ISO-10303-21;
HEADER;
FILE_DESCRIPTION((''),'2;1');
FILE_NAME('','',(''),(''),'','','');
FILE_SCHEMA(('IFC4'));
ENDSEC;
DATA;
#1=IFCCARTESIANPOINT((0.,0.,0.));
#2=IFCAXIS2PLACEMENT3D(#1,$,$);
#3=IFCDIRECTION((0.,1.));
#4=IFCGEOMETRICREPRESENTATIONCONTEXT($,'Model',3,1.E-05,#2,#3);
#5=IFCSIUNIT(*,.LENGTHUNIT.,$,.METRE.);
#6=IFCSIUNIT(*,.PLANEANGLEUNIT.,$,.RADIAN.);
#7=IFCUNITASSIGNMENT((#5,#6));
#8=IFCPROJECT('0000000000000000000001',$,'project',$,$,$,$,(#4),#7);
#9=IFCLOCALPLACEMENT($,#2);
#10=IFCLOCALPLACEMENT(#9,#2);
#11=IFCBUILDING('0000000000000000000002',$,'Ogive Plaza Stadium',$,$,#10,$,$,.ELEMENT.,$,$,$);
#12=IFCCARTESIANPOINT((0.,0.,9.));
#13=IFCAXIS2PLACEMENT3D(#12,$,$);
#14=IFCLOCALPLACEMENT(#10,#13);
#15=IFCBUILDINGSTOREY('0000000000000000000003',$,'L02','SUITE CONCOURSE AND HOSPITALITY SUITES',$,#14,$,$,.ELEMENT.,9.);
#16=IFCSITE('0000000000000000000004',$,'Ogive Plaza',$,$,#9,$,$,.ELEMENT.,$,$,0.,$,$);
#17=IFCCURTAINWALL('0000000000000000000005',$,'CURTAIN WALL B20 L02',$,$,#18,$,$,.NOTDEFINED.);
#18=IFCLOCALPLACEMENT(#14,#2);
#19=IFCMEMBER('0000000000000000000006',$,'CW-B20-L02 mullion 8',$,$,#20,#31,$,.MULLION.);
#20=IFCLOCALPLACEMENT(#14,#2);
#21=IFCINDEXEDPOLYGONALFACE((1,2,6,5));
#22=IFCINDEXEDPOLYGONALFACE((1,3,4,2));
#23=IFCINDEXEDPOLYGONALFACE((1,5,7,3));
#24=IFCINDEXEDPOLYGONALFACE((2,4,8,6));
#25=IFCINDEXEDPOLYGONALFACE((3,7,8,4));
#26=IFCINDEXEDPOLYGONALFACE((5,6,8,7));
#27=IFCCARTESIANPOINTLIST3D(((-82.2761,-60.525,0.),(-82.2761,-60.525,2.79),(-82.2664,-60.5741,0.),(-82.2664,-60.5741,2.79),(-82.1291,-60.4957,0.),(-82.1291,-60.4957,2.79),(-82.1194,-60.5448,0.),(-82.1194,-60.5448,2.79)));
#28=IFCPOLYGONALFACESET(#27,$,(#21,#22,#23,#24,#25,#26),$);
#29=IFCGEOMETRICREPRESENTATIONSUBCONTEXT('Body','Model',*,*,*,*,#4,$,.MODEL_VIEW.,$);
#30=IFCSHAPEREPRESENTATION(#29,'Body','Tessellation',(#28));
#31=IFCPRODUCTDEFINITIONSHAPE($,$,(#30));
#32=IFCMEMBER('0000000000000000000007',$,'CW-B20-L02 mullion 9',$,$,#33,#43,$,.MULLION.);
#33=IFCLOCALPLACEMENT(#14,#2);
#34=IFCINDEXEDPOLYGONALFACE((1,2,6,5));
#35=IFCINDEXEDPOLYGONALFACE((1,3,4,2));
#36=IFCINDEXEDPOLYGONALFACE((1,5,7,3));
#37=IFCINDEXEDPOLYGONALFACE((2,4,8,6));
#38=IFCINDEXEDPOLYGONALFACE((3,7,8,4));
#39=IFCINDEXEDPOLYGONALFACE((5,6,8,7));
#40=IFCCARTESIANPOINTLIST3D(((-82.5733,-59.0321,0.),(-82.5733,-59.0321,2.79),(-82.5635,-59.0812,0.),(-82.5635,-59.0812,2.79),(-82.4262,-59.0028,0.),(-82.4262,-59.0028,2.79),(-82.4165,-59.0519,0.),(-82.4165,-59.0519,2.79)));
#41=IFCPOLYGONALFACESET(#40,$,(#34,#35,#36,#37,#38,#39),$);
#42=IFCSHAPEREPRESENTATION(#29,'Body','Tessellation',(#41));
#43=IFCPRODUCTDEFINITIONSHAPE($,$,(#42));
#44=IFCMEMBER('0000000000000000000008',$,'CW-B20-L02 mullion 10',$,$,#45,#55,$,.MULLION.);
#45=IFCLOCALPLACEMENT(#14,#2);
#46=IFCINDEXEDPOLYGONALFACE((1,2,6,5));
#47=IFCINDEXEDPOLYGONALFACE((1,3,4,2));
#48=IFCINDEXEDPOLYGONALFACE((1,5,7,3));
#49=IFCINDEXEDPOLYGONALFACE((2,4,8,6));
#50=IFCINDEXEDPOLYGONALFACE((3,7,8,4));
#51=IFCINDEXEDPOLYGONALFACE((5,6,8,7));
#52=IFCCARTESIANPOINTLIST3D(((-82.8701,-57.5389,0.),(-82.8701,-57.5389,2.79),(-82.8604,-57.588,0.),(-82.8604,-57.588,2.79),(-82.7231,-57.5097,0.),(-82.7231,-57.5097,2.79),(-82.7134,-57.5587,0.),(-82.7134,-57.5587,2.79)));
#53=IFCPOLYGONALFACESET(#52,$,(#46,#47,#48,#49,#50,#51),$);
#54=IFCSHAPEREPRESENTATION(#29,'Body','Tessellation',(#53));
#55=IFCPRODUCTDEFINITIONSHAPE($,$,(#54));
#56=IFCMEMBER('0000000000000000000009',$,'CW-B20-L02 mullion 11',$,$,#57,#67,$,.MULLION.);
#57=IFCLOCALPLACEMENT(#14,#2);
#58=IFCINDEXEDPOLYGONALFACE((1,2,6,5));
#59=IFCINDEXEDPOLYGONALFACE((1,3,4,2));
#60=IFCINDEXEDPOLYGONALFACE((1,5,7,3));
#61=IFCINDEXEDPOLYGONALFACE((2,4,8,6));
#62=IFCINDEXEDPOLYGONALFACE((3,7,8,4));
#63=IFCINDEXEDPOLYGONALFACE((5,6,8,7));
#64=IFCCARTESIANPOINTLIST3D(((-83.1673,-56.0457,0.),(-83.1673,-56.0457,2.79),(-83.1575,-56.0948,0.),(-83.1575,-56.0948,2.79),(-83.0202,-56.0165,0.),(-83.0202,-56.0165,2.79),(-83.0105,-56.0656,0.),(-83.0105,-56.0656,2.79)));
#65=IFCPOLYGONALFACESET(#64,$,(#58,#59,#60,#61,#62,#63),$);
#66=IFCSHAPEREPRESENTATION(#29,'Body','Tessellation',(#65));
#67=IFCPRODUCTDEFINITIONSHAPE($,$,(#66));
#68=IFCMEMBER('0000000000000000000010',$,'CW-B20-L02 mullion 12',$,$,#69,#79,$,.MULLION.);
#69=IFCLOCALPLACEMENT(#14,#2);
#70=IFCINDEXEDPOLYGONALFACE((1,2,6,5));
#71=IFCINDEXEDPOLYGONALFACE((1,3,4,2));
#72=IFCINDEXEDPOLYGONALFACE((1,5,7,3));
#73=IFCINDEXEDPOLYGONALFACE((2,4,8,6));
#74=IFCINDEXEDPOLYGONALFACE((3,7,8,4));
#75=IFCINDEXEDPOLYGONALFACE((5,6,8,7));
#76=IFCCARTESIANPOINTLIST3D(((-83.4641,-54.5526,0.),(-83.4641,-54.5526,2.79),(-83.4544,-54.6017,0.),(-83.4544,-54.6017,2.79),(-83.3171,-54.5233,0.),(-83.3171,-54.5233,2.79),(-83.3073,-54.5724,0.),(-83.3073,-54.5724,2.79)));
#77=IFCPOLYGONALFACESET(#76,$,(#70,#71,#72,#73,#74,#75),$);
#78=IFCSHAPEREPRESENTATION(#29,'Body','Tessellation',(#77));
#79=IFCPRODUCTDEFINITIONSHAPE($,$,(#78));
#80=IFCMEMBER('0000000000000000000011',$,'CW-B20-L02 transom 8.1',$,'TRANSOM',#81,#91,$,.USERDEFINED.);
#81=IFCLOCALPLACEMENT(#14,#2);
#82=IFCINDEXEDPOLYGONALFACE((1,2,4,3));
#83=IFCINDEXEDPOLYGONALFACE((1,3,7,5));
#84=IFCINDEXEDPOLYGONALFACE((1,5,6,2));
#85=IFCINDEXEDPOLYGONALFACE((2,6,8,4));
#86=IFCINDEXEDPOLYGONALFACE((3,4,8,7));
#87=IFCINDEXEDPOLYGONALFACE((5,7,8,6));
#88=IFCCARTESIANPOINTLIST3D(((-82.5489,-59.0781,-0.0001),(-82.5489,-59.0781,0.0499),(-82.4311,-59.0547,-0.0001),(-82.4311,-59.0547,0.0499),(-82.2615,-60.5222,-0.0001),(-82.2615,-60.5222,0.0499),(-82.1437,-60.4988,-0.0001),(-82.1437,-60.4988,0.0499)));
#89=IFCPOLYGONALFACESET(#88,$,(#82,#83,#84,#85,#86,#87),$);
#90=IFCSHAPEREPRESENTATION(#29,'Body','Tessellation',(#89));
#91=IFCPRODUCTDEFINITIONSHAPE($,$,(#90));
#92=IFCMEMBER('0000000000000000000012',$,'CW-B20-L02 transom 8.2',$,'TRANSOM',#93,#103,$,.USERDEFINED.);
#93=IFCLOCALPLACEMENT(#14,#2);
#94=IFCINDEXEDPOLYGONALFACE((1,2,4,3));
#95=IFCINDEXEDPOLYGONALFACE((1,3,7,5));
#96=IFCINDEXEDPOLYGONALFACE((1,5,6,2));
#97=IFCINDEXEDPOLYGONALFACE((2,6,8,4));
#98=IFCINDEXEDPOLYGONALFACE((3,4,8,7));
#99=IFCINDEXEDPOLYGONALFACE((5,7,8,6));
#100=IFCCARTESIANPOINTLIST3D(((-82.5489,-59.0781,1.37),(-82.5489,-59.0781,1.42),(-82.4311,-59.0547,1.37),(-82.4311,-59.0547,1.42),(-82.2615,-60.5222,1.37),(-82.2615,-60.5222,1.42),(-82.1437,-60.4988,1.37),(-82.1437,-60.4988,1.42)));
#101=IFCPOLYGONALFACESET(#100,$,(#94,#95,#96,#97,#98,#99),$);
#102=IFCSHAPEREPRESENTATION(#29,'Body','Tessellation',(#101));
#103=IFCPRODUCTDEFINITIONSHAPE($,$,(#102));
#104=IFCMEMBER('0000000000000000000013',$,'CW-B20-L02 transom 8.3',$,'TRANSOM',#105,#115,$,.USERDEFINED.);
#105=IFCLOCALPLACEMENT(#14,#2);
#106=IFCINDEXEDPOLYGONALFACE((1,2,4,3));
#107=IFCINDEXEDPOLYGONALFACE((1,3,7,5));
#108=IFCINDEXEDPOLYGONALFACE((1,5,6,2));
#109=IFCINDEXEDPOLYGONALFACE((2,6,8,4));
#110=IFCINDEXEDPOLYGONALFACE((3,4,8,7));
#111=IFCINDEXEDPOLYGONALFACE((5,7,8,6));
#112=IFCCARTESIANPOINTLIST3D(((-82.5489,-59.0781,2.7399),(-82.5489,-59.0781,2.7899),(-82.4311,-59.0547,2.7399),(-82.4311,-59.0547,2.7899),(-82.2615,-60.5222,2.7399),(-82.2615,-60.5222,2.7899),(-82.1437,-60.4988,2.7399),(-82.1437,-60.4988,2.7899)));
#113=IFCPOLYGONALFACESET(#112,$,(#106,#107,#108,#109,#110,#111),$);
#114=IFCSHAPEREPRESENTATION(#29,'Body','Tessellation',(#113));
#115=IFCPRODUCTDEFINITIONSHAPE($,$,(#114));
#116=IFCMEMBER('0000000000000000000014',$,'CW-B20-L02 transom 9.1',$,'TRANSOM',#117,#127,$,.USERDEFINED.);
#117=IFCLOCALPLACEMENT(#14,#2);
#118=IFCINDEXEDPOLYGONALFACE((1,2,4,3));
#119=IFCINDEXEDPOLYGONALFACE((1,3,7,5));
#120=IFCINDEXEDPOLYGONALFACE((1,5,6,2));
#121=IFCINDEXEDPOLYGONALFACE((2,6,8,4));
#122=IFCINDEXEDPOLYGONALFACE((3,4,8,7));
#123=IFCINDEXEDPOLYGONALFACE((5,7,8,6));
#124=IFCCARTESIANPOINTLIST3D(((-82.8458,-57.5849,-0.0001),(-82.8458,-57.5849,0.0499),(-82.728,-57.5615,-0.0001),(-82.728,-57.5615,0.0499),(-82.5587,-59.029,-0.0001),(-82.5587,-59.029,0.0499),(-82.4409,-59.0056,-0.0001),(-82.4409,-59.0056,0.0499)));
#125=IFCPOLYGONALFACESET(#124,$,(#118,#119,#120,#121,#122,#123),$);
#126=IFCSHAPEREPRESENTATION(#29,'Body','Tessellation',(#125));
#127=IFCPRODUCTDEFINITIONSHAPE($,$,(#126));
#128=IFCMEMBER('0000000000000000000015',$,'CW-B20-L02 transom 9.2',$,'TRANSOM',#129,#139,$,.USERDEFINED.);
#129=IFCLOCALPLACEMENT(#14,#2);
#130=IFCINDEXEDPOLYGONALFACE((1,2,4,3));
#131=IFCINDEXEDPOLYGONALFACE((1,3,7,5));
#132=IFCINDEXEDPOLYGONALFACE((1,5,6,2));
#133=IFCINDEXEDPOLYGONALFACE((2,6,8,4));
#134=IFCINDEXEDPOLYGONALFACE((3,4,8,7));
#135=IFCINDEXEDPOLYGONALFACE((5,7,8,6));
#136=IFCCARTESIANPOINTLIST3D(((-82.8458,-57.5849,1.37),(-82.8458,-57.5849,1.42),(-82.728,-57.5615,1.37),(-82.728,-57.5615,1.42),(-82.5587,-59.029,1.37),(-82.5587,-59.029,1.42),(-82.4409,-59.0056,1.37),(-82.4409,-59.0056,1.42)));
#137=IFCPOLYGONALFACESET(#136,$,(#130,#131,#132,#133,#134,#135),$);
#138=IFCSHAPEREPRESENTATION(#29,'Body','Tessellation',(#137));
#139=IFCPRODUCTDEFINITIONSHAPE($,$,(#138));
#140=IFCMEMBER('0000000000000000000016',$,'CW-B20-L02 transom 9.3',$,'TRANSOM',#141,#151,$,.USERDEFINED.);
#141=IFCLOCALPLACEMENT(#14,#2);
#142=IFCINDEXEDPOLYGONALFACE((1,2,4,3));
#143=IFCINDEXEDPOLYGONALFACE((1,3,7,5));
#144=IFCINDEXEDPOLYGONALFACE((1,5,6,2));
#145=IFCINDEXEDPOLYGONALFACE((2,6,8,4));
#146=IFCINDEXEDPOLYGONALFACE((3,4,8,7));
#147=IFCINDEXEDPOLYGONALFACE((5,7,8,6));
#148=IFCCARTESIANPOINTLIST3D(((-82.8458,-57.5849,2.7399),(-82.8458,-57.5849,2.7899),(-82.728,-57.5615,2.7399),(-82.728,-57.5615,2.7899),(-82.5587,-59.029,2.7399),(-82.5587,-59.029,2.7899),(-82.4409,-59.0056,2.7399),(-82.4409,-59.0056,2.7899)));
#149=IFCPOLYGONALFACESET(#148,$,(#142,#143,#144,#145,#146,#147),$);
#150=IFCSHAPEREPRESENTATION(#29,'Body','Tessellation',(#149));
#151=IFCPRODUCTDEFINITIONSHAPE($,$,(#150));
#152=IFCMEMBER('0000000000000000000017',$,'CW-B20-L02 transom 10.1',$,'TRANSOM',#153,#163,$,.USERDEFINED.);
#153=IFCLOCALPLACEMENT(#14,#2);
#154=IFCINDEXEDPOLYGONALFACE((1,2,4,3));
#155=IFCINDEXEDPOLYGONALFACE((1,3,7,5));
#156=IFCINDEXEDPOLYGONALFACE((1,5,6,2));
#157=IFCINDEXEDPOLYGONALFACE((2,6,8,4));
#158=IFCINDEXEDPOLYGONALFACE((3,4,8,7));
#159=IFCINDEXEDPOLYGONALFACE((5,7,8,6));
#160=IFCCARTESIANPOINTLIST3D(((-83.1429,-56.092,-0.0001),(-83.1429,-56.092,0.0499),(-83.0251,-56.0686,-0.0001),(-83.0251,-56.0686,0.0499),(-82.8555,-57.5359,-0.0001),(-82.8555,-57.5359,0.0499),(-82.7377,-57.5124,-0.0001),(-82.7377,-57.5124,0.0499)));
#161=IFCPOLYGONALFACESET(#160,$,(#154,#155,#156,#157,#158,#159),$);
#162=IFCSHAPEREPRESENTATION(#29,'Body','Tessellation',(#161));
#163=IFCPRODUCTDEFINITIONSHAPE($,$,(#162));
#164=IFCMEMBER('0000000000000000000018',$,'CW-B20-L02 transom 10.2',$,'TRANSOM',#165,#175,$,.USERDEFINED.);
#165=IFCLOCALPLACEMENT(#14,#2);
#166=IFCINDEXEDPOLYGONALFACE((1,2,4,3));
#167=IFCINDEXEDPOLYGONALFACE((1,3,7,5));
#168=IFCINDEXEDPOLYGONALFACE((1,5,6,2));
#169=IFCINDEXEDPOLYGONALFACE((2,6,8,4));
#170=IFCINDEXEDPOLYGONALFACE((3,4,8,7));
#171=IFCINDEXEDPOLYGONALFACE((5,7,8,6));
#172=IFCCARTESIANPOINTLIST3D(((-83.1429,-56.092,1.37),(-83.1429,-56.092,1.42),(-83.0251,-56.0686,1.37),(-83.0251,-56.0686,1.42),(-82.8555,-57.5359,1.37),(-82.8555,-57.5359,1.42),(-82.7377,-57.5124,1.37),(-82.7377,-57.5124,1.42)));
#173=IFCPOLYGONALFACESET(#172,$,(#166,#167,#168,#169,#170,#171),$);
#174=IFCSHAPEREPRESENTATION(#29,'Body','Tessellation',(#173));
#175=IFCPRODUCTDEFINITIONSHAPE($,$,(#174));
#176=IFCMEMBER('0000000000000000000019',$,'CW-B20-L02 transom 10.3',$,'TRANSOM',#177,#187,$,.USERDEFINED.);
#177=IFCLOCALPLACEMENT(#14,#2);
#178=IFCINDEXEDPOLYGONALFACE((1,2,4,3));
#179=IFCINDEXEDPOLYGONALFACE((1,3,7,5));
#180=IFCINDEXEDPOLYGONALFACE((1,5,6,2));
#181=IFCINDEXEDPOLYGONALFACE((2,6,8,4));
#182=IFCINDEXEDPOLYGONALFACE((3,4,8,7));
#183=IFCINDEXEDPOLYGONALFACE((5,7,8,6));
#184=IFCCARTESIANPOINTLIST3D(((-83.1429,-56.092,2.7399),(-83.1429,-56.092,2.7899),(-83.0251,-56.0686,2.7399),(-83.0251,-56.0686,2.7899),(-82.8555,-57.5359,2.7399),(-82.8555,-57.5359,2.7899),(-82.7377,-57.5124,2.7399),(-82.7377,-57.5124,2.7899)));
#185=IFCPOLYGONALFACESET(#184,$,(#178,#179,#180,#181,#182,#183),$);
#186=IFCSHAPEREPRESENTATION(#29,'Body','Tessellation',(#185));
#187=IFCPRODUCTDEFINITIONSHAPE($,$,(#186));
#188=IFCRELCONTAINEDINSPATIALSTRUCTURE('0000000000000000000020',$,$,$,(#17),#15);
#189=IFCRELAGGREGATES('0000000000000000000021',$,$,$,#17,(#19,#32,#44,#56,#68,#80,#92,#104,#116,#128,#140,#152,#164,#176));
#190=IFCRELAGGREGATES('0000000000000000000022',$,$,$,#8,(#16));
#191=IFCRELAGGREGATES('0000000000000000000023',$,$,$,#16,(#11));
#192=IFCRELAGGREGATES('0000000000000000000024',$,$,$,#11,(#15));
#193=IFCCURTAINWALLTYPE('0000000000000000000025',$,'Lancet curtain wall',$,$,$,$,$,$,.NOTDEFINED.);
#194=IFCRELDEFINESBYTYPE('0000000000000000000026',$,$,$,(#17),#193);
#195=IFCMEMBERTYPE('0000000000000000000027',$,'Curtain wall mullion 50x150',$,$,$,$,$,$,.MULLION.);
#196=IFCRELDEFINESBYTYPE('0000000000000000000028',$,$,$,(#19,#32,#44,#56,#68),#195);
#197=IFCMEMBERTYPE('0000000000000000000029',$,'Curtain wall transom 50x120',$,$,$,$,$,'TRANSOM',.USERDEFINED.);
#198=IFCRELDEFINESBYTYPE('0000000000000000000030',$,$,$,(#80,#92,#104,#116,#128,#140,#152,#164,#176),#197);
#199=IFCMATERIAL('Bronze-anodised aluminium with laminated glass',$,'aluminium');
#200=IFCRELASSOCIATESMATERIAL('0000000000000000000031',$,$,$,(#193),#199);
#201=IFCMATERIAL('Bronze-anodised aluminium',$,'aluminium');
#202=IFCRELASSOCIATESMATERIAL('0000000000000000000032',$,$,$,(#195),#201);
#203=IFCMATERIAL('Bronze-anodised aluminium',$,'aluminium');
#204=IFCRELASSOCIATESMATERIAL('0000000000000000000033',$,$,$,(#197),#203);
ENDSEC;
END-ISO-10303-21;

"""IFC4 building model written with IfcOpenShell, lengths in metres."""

from ifc_helpers import new_model, si_unit, direction, frame, origin, origin_2d, place, context, subcontext, project, spatial, rectangle, extrude, material, material_profile, profile_set, type_object, element, aggregate, save


model = new_model("IFC4")

# Units and contexts
model_context = context("Model", 3, precision=1e-05, world=origin(), true_north=direction((0.0, 1.0)))
body_context = subcontext(model_context, "Body", "Model", "MODEL_VIEW")
ifc_project = project(units=[si_unit("LENGTHUNIT", "METRE"), si_unit("PLANEANGLEUNIT", "RADIAN")], contexts=[model_context])

# Site, building, storey
site_placement = place(None, origin())
site = spatial("IfcSite", under=ifc_project, at=site_placement, Name="Ogive Plaza", CompositionType="ELEMENT", RefElevation=0.0)
building_placement = place(site_placement, origin())
building = spatial("IfcBuilding", under=site, at=building_placement, Name="Ogive Plaza Stadium", CompositionType="ELEMENT")
storey_placement = place(building_placement, frame((0.0, 0.0, 9.0)))
storey = spatial("IfcBuildingStorey", under=building, at=storey_placement, Name="L02", Description="SUITE CONCOURSE AND HOSPITALITY SUITES", CompositionType="ELEMENT", Elevation=9.0)

# Curtain wall, members
ifc_material_1 = material(Name="Bronze-anodised aluminium with laminated glass", Category="aluminium")
curtain_wall_type = type_object("IfcCurtainWallType", Name="Lancet curtain wall", PredefinedType="NOTDEFINED", material=ifc_material_1)
curtain_wall_placement = place(storey_placement, origin())
curtain_wall = element("IfcCurtainWall", 1, at=curtain_wall_placement, inside=storey, type_object=curtain_wall_type, Name="CURTAIN WALL B20 L02", PredefinedType="NOTDEFINED")
ifc_material_2 = material(Name="Bronze-anodised aluminium", Category="aluminium")
ifc_material_profile_1 = material_profile(ifc_material_2, rectangle(XDim=0.1499, YDim=0.05, at=origin_2d()), Name="AL 150x50")
ifc_profile_set_1 = profile_set([ifc_material_profile_1], Name="Bronze-anodised aluminium")
member_type_1 = type_object("IfcMemberType", Name="Curtain wall mullion 50x150", PredefinedType="MULLION", material=ifc_profile_set_1)
member_1_placement = place(storey_placement, frame((-82.1978, -60.5349, 0.0), z_axis=(0.0, 0.0, 1.0), x_axis=(-0.980785, -0.19509, 0.0)))
member_1 = element("IfcMember", 2, at=member_1_placement, type_object=member_type_1, Name="CW-B20-L02 mullion 8", PredefinedType="MULLION", context=body_context, shape_type="SweptSolid", body=[
    extrude(rectangle(XDim=0.1499, YDim=0.05, at=origin_2d()), origin(), (0.0, 0.0, 1.0), 2.79),
])
member_2_placement = place(storey_placement, frame((-82.4949, -59.042, 0.0), z_axis=(0.0, 0.0, 1.0), x_axis=(-0.980785, -0.19509, 0.0)))
member_2 = element("IfcMember", 3, at=member_2_placement, type_object=member_type_1, Name="CW-B20-L02 mullion 9", PredefinedType="MULLION", context=body_context, shape_type="SweptSolid", body=[
    extrude(rectangle(XDim=0.1499, YDim=0.05, at=origin_2d()), origin(), (0.0, 0.0, 1.0), 2.79),
])
member_3_placement = place(storey_placement, frame((-82.7917, -57.5488, 0.0), z_axis=(0.0, 0.0, 1.0), x_axis=(-0.980785, -0.19509, 0.0)))
member_3 = element("IfcMember", 4, at=member_3_placement, type_object=member_type_1, Name="CW-B20-L02 mullion 10", PredefinedType="MULLION", context=body_context, shape_type="SweptSolid", body=[
    extrude(rectangle(XDim=0.1499, YDim=0.05, at=origin_2d()), origin(), (0.0, 0.0, 1.0), 2.79),
])
member_4_placement = place(storey_placement, frame((-83.0889, -56.0557, 0.0), z_axis=(0.0, 0.0, 1.0), x_axis=(-0.980785, -0.19509, 0.0)))
member_4 = element("IfcMember", 5, at=member_4_placement, type_object=member_type_1, Name="CW-B20-L02 mullion 11", PredefinedType="MULLION", context=body_context, shape_type="SweptSolid", body=[
    extrude(rectangle(XDim=0.1499, YDim=0.05, at=origin_2d()), origin(), (0.0, 0.0, 1.0), 2.79),
])
member_5_placement = place(storey_placement, frame((-83.3857, -54.5625, 0.0), z_axis=(0.0, 0.0, 1.0), x_axis=(-0.980785, -0.19509, 0.0)))
member_5 = element("IfcMember", 6, at=member_5_placement, type_object=member_type_1, Name="CW-B20-L02 mullion 12", PredefinedType="MULLION", context=body_context, shape_type="SweptSolid", body=[
    extrude(rectangle(XDim=0.1499, YDim=0.05, at=origin_2d()), origin(), (0.0, 0.0, 1.0), 2.79),
])
ifc_material_3 = material(Name="Bronze-anodised aluminium", Category="aluminium")
ifc_material_profile_2 = material_profile(ifc_material_3, rectangle(XDim=0.1201, YDim=0.05, at=origin_2d()), Name="AL 120x50")
ifc_profile_set_2 = profile_set([ifc_material_profile_2], Name="Bronze-anodised aluminium")
member_type_2 = type_object("IfcMemberType", Name="Curtain wall transom 50x120", ElementType="TRANSOM", PredefinedType="USERDEFINED", material=ifc_profile_set_2)
member_6_placement = place(storey_placement, frame((-82.2026, -60.5105, 0.0249), z_axis=(-0.195159, 0.980772, 0.0), x_axis=(-0.980772, -0.195159, 0.0)))
member_6 = element("IfcMember", 7, at=member_6_placement, type_object=member_type_2, Name="CW-B20-L02 transom 8.1", ObjectType="TRANSOM", PredefinedType="USERDEFINED", context=body_context, shape_type="SweptSolid", body=[
    extrude(rectangle(XDim=0.1201, YDim=0.05, at=origin_2d()), origin(), (0.0, 0.0, 1.0), 1.4724),
])
member_7_placement = place(storey_placement, frame((-82.2026, -60.5105, 1.395), z_axis=(-0.195159, 0.980772, 0.0), x_axis=(-0.980772, -0.195159, 0.0)))
member_7 = element("IfcMember", 8, at=member_7_placement, type_object=member_type_2, Name="CW-B20-L02 transom 8.2", ObjectType="TRANSOM", PredefinedType="USERDEFINED", context=body_context, shape_type="SweptSolid", body=[
    extrude(rectangle(XDim=0.1201, YDim=0.05, at=origin_2d()), origin(), (0.0, 0.0, 1.0), 1.4724),
])
member_8_placement = place(storey_placement, frame((-82.2026, -60.5105, 2.7649), z_axis=(-0.195159, 0.980772, 0.0), x_axis=(-0.980772, -0.195159, 0.0)))
member_8 = element("IfcMember", 9, at=member_8_placement, type_object=member_type_2, Name="CW-B20-L02 transom 8.3", ObjectType="TRANSOM", PredefinedType="USERDEFINED", context=body_context, shape_type="SweptSolid", body=[
    extrude(rectangle(XDim=0.1201, YDim=0.05, at=origin_2d()), origin(), (0.0, 0.0, 1.0), 1.4724),
])
member_9_placement = place(storey_placement, frame((-82.4998, -59.0173, 0.0249), z_axis=(-0.195, 0.980803, 0.0), x_axis=(-0.980803, -0.195, 0.0)))
member_9 = element("IfcMember", 10, at=member_9_placement, type_object=member_type_2, Name="CW-B20-L02 transom 9.1", ObjectType="TRANSOM", PredefinedType="USERDEFINED", context=body_context, shape_type="SweptSolid", body=[
    extrude(rectangle(XDim=0.1201, YDim=0.05, at=origin_2d()), origin(), (0.0, 0.0, 1.0), 1.4724),
])
member_10_placement = place(storey_placement, frame((-82.4998, -59.0173, 1.395), z_axis=(-0.195, 0.980803, 0.0), x_axis=(-0.980803, -0.195, 0.0)))
member_10 = element("IfcMember", 11, at=member_10_placement, type_object=member_type_2, Name="CW-B20-L02 transom 9.2", ObjectType="TRANSOM", PredefinedType="USERDEFINED", context=body_context, shape_type="SweptSolid", body=[
    extrude(rectangle(XDim=0.1201, YDim=0.05, at=origin_2d()), origin(), (0.0, 0.0, 1.0), 1.4724),
])
member_11_placement = place(storey_placement, frame((-82.4998, -59.0173, 2.7649), z_axis=(-0.195, 0.980803, 0.0), x_axis=(-0.980803, -0.195, 0.0)))
member_11 = element("IfcMember", 12, at=member_11_placement, type_object=member_type_2, Name="CW-B20-L02 transom 9.3", ObjectType="TRANSOM", PredefinedType="USERDEFINED", context=body_context, shape_type="SweptSolid", body=[
    extrude(rectangle(XDim=0.1201, YDim=0.05, at=origin_2d()), origin(), (0.0, 0.0, 1.0), 1.4724),
])
member_12_placement = place(storey_placement, frame((-82.7966, -57.5242, 0.0249), z_axis=(-0.195191, 0.980765, 0.0), x_axis=(-0.980765, -0.195191, 0.0)))
member_12 = element("IfcMember", 13, at=member_12_placement, type_object=member_type_2, Name="CW-B20-L02 transom 10.1", ObjectType="TRANSOM", PredefinedType="USERDEFINED", context=body_context, shape_type="SweptSolid", body=[
    extrude(rectangle(XDim=0.1201, YDim=0.05, at=origin_2d()), origin(), (0.0, 0.0, 1.0), 1.4722),
])
member_13_placement = place(storey_placement, frame((-82.7966, -57.5242, 1.395), z_axis=(-0.195191, 0.980765, 0.0), x_axis=(-0.980765, -0.195191, 0.0)))
member_13 = element("IfcMember", 14, at=member_13_placement, type_object=member_type_2, Name="CW-B20-L02 transom 10.2", ObjectType="TRANSOM", PredefinedType="USERDEFINED", context=body_context, shape_type="SweptSolid", body=[
    extrude(rectangle(XDim=0.1201, YDim=0.05, at=origin_2d()), origin(), (0.0, 0.0, 1.0), 1.4722),
])
member_14_placement = place(storey_placement, frame((-82.7966, -57.5242, 2.7649), z_axis=(-0.195191, 0.980765, 0.0), x_axis=(-0.980765, -0.195191, 0.0)))
member_14 = element("IfcMember", 15, at=member_14_placement, type_object=member_type_2, Name="CW-B20-L02 transom 10.3", ObjectType="TRANSOM", PredefinedType="USERDEFINED", context=body_context, shape_type="SweptSolid", body=[
    extrude(rectangle(XDim=0.1201, YDim=0.05, at=origin_2d()), origin(), (0.0, 0.0, 1.0), 1.4722),
])
aggregate(curtain_wall, [member_1, member_2, member_3, member_4, member_5, member_6, member_7, member_8, member_9, member_10, member_11, member_12, member_13, member_14])

save(model, "model.ifc")
